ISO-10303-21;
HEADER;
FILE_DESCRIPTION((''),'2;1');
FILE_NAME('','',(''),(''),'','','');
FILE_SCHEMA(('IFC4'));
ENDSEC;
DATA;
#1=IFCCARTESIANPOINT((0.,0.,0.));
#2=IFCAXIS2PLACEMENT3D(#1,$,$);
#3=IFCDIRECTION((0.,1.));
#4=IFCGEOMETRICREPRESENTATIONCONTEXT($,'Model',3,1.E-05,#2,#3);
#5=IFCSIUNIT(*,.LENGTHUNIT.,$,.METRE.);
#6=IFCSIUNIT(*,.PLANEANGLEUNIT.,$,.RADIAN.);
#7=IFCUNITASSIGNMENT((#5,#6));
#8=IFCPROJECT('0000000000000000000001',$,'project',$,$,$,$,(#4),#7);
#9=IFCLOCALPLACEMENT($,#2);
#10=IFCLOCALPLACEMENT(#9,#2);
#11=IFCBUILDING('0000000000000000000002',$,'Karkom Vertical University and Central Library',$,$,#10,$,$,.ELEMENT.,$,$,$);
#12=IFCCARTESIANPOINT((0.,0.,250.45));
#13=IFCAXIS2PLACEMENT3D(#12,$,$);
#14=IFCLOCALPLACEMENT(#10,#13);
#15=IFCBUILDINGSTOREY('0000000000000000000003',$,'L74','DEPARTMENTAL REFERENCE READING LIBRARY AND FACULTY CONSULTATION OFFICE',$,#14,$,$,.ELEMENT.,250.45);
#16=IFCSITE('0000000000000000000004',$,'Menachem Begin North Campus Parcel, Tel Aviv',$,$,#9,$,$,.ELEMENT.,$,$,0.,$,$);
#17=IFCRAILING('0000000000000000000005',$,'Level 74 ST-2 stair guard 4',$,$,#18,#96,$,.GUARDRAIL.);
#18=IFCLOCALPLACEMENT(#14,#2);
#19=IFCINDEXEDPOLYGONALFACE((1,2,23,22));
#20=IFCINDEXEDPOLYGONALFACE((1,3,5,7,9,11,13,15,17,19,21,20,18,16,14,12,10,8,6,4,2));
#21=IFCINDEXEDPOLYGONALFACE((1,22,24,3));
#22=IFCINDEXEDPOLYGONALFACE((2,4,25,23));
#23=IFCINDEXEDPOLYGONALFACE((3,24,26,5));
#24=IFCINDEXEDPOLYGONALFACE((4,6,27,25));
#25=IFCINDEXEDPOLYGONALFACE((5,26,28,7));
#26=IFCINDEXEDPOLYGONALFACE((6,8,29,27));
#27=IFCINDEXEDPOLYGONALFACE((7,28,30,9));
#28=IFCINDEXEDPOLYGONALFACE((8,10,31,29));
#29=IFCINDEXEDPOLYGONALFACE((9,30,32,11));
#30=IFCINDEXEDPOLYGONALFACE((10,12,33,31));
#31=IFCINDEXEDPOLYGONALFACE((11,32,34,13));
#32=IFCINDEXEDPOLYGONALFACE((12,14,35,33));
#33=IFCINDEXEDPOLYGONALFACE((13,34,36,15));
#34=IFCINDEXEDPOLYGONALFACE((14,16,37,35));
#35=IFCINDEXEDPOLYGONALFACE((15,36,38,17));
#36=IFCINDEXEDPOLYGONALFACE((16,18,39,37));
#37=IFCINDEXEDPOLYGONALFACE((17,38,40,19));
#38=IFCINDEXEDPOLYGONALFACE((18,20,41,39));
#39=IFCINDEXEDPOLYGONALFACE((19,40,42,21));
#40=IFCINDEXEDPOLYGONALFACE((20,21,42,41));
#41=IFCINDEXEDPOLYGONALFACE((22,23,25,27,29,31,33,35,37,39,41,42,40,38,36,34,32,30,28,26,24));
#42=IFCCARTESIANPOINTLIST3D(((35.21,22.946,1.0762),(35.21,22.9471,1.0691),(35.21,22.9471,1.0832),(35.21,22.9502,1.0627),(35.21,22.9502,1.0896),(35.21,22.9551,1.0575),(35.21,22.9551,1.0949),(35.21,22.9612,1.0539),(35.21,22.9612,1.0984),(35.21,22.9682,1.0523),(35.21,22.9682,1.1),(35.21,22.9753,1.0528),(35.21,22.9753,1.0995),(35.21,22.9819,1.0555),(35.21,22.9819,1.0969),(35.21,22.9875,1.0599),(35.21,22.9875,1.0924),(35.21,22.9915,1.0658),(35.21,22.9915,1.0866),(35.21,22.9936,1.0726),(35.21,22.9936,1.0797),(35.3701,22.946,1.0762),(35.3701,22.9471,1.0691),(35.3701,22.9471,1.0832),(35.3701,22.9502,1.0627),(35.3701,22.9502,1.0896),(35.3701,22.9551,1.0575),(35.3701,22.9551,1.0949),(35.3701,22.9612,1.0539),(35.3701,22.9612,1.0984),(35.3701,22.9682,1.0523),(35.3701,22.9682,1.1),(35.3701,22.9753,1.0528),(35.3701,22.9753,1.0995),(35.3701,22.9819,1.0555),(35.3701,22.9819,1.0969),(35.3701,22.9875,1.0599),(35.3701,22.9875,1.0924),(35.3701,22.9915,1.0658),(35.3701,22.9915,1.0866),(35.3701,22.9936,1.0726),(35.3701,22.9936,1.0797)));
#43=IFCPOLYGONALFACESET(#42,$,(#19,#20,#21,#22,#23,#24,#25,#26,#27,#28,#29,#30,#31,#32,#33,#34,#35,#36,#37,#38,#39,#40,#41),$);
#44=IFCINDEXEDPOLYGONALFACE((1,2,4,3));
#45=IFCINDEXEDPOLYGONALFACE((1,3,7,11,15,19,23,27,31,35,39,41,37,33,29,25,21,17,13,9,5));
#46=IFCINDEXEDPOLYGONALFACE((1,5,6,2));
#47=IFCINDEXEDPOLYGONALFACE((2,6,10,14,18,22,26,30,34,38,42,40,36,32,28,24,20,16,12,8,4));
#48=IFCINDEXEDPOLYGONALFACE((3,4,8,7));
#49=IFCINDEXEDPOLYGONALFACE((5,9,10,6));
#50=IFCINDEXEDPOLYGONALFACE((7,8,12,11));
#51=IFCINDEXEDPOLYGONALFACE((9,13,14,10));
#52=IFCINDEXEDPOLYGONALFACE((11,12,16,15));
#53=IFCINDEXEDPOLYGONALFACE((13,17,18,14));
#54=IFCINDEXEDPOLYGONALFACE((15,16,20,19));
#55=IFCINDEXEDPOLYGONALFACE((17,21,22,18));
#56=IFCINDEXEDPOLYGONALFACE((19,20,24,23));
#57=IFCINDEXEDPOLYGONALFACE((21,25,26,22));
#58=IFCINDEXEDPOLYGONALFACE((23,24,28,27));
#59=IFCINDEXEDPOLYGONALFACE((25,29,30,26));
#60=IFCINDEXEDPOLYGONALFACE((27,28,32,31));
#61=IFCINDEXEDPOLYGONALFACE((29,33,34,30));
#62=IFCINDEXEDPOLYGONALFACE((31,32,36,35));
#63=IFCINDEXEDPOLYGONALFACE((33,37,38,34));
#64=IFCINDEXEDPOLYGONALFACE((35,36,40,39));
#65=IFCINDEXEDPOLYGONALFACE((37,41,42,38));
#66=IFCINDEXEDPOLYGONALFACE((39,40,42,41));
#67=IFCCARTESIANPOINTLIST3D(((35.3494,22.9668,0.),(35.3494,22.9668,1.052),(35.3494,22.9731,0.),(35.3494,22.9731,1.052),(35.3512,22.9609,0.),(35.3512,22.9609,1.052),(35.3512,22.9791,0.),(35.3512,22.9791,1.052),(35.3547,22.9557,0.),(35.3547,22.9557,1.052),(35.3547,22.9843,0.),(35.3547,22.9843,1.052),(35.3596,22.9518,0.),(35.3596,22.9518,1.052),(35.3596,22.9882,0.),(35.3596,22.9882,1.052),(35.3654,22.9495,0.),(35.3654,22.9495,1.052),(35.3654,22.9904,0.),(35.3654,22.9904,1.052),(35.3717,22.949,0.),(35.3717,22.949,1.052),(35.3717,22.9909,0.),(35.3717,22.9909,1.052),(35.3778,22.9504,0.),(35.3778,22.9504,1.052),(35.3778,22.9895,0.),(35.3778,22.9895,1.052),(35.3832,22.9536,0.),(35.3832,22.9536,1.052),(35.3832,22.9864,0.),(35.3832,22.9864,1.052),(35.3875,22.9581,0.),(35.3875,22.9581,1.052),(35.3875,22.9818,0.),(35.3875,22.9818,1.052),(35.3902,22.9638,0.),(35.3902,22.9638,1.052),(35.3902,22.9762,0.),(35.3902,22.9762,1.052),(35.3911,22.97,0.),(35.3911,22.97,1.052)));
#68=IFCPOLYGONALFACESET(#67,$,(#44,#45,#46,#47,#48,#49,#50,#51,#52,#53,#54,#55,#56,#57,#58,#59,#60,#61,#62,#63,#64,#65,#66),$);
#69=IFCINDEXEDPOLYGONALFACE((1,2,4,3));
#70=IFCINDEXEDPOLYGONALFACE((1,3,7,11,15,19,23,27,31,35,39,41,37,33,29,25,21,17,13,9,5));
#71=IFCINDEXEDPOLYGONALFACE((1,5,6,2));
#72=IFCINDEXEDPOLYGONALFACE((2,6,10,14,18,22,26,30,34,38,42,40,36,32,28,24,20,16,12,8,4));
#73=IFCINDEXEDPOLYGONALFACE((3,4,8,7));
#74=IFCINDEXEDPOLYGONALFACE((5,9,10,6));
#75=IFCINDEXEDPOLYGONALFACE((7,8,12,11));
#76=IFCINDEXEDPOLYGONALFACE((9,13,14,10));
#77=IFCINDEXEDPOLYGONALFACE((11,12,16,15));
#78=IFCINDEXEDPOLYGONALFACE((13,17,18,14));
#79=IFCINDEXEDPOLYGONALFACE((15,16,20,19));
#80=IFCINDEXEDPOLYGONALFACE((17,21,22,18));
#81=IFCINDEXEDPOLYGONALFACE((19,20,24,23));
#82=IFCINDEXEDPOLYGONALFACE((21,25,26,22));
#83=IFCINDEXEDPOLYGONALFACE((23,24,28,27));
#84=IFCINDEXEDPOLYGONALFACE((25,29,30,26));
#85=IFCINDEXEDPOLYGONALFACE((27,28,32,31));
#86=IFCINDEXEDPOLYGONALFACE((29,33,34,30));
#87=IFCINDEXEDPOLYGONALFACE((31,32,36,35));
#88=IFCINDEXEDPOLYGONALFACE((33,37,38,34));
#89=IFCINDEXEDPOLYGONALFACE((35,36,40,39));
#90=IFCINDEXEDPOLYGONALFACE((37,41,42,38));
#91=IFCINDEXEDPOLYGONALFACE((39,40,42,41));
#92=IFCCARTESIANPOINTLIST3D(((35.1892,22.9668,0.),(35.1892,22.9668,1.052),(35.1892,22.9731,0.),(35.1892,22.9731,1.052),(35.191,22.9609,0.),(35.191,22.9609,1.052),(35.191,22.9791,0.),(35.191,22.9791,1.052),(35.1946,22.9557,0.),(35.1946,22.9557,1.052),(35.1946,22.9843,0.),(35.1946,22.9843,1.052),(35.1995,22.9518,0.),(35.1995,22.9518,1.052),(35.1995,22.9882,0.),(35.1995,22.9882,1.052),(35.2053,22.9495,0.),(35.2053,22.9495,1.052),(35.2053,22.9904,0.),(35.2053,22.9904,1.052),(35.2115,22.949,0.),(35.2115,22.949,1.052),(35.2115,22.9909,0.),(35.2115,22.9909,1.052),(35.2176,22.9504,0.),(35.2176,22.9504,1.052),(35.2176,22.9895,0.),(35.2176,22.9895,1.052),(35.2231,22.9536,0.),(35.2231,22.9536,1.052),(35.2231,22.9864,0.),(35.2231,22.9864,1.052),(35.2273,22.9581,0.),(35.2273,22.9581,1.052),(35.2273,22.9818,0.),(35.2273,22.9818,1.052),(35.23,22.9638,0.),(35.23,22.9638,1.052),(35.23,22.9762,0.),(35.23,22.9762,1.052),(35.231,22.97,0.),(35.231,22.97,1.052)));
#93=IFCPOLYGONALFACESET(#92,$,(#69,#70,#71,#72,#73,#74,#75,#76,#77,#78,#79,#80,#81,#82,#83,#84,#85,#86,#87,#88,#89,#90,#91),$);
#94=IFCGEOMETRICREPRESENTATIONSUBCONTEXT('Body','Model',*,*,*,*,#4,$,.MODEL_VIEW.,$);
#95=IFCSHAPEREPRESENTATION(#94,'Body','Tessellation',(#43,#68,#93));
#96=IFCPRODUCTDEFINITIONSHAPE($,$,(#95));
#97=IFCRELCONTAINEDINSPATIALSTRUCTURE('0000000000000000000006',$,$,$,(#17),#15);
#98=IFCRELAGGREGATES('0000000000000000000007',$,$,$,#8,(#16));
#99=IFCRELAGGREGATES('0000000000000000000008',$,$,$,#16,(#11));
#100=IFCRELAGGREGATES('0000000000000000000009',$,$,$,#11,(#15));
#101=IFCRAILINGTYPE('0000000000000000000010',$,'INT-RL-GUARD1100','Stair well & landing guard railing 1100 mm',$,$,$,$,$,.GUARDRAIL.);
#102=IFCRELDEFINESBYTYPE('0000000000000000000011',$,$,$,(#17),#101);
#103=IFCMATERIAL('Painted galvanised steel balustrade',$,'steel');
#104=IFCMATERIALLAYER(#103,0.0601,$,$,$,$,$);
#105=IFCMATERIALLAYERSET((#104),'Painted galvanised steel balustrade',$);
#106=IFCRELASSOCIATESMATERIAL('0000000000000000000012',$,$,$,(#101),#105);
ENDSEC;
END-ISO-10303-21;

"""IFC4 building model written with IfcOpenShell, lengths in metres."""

from ifc_helpers import new_model, si_unit, direction, frame, origin, origin_2d, place, context, subcontext, project, spatial, circle, extrude, material, layer, layer_set, type_object, element, save


model = new_model("IFC4")

# Units and contexts
model_context = context("Model", 3, precision=1e-05, world=origin(), true_north=direction((0.0, 1.0)))
body_context = subcontext(model_context, "Body", "Model", "MODEL_VIEW")
ifc_project = project(units=[si_unit("LENGTHUNIT", "METRE"), si_unit("PLANEANGLEUNIT", "RADIAN")], contexts=[model_context])

# Site, building, storey
site_placement = place(None, origin())
site = spatial("IfcSite", under=ifc_project, at=site_placement, Name="Menachem Begin North Campus Parcel, Tel Aviv", CompositionType="ELEMENT", RefElevation=0.0)
building_placement = place(site_placement, origin())
building = spatial("IfcBuilding", under=site, at=building_placement, Name="Karkom Vertical University and Central Library", CompositionType="ELEMENT")
storey_placement = place(building_placement, frame((0.0, 0.0, 250.45)))
storey = spatial("IfcBuildingStorey", under=building, at=storey_placement, Name="L74", Description="DEPARTMENTAL REFERENCE READING LIBRARY AND FACULTY CONSULTATION OFFICE", CompositionType="ELEMENT", Elevation=250.45)

# Railing
ifc_material_1 = material(Name="Painted galvanised steel balustrade", Category="steel")
ifc_layer_1 = layer(ifc_material_1, 0.0601)
ifc_layer_set_1 = layer_set([ifc_layer_1], Name="Painted galvanised steel balustrade")
railing_type = type_object("IfcRailingType", Name="INT-RL-GUARD1100", Description="Stair well & landing guard railing 1100 mm", PredefinedType="GUARDRAIL", material=ifc_layer_set_1)
railing_1_placement = place(storey_placement, frame((35.3701, 22.97, 0.0)))
element("IfcRailing", 1, at=railing_1_placement, inside=storey, type_object=railing_type, Name="Level 74 ST-2 stair guard 4", PredefinedType="GUARDRAIL", context=body_context, shape_type="SweptSolid", body=[
    extrude(circle(Radius=0.0239, at=origin_2d()), frame((0.0, 0.0, 1.0762), z_axis=(-1.0, 0.0, 0.0), x_axis=(0.0, -1.0, 0.0)), (0.0, 0.0, 1.0), 0.1602),
    extrude(circle(Radius=0.021, at=origin_2d()), origin(), (0.0, 0.0, 1.0), 1.052),
    extrude(circle(Radius=0.021, at=origin_2d()), frame((-0.1602, 0.0, 0.0)), (0.0, 0.0, 1.0), 1.052),
])

save(model, "model.ifc")
